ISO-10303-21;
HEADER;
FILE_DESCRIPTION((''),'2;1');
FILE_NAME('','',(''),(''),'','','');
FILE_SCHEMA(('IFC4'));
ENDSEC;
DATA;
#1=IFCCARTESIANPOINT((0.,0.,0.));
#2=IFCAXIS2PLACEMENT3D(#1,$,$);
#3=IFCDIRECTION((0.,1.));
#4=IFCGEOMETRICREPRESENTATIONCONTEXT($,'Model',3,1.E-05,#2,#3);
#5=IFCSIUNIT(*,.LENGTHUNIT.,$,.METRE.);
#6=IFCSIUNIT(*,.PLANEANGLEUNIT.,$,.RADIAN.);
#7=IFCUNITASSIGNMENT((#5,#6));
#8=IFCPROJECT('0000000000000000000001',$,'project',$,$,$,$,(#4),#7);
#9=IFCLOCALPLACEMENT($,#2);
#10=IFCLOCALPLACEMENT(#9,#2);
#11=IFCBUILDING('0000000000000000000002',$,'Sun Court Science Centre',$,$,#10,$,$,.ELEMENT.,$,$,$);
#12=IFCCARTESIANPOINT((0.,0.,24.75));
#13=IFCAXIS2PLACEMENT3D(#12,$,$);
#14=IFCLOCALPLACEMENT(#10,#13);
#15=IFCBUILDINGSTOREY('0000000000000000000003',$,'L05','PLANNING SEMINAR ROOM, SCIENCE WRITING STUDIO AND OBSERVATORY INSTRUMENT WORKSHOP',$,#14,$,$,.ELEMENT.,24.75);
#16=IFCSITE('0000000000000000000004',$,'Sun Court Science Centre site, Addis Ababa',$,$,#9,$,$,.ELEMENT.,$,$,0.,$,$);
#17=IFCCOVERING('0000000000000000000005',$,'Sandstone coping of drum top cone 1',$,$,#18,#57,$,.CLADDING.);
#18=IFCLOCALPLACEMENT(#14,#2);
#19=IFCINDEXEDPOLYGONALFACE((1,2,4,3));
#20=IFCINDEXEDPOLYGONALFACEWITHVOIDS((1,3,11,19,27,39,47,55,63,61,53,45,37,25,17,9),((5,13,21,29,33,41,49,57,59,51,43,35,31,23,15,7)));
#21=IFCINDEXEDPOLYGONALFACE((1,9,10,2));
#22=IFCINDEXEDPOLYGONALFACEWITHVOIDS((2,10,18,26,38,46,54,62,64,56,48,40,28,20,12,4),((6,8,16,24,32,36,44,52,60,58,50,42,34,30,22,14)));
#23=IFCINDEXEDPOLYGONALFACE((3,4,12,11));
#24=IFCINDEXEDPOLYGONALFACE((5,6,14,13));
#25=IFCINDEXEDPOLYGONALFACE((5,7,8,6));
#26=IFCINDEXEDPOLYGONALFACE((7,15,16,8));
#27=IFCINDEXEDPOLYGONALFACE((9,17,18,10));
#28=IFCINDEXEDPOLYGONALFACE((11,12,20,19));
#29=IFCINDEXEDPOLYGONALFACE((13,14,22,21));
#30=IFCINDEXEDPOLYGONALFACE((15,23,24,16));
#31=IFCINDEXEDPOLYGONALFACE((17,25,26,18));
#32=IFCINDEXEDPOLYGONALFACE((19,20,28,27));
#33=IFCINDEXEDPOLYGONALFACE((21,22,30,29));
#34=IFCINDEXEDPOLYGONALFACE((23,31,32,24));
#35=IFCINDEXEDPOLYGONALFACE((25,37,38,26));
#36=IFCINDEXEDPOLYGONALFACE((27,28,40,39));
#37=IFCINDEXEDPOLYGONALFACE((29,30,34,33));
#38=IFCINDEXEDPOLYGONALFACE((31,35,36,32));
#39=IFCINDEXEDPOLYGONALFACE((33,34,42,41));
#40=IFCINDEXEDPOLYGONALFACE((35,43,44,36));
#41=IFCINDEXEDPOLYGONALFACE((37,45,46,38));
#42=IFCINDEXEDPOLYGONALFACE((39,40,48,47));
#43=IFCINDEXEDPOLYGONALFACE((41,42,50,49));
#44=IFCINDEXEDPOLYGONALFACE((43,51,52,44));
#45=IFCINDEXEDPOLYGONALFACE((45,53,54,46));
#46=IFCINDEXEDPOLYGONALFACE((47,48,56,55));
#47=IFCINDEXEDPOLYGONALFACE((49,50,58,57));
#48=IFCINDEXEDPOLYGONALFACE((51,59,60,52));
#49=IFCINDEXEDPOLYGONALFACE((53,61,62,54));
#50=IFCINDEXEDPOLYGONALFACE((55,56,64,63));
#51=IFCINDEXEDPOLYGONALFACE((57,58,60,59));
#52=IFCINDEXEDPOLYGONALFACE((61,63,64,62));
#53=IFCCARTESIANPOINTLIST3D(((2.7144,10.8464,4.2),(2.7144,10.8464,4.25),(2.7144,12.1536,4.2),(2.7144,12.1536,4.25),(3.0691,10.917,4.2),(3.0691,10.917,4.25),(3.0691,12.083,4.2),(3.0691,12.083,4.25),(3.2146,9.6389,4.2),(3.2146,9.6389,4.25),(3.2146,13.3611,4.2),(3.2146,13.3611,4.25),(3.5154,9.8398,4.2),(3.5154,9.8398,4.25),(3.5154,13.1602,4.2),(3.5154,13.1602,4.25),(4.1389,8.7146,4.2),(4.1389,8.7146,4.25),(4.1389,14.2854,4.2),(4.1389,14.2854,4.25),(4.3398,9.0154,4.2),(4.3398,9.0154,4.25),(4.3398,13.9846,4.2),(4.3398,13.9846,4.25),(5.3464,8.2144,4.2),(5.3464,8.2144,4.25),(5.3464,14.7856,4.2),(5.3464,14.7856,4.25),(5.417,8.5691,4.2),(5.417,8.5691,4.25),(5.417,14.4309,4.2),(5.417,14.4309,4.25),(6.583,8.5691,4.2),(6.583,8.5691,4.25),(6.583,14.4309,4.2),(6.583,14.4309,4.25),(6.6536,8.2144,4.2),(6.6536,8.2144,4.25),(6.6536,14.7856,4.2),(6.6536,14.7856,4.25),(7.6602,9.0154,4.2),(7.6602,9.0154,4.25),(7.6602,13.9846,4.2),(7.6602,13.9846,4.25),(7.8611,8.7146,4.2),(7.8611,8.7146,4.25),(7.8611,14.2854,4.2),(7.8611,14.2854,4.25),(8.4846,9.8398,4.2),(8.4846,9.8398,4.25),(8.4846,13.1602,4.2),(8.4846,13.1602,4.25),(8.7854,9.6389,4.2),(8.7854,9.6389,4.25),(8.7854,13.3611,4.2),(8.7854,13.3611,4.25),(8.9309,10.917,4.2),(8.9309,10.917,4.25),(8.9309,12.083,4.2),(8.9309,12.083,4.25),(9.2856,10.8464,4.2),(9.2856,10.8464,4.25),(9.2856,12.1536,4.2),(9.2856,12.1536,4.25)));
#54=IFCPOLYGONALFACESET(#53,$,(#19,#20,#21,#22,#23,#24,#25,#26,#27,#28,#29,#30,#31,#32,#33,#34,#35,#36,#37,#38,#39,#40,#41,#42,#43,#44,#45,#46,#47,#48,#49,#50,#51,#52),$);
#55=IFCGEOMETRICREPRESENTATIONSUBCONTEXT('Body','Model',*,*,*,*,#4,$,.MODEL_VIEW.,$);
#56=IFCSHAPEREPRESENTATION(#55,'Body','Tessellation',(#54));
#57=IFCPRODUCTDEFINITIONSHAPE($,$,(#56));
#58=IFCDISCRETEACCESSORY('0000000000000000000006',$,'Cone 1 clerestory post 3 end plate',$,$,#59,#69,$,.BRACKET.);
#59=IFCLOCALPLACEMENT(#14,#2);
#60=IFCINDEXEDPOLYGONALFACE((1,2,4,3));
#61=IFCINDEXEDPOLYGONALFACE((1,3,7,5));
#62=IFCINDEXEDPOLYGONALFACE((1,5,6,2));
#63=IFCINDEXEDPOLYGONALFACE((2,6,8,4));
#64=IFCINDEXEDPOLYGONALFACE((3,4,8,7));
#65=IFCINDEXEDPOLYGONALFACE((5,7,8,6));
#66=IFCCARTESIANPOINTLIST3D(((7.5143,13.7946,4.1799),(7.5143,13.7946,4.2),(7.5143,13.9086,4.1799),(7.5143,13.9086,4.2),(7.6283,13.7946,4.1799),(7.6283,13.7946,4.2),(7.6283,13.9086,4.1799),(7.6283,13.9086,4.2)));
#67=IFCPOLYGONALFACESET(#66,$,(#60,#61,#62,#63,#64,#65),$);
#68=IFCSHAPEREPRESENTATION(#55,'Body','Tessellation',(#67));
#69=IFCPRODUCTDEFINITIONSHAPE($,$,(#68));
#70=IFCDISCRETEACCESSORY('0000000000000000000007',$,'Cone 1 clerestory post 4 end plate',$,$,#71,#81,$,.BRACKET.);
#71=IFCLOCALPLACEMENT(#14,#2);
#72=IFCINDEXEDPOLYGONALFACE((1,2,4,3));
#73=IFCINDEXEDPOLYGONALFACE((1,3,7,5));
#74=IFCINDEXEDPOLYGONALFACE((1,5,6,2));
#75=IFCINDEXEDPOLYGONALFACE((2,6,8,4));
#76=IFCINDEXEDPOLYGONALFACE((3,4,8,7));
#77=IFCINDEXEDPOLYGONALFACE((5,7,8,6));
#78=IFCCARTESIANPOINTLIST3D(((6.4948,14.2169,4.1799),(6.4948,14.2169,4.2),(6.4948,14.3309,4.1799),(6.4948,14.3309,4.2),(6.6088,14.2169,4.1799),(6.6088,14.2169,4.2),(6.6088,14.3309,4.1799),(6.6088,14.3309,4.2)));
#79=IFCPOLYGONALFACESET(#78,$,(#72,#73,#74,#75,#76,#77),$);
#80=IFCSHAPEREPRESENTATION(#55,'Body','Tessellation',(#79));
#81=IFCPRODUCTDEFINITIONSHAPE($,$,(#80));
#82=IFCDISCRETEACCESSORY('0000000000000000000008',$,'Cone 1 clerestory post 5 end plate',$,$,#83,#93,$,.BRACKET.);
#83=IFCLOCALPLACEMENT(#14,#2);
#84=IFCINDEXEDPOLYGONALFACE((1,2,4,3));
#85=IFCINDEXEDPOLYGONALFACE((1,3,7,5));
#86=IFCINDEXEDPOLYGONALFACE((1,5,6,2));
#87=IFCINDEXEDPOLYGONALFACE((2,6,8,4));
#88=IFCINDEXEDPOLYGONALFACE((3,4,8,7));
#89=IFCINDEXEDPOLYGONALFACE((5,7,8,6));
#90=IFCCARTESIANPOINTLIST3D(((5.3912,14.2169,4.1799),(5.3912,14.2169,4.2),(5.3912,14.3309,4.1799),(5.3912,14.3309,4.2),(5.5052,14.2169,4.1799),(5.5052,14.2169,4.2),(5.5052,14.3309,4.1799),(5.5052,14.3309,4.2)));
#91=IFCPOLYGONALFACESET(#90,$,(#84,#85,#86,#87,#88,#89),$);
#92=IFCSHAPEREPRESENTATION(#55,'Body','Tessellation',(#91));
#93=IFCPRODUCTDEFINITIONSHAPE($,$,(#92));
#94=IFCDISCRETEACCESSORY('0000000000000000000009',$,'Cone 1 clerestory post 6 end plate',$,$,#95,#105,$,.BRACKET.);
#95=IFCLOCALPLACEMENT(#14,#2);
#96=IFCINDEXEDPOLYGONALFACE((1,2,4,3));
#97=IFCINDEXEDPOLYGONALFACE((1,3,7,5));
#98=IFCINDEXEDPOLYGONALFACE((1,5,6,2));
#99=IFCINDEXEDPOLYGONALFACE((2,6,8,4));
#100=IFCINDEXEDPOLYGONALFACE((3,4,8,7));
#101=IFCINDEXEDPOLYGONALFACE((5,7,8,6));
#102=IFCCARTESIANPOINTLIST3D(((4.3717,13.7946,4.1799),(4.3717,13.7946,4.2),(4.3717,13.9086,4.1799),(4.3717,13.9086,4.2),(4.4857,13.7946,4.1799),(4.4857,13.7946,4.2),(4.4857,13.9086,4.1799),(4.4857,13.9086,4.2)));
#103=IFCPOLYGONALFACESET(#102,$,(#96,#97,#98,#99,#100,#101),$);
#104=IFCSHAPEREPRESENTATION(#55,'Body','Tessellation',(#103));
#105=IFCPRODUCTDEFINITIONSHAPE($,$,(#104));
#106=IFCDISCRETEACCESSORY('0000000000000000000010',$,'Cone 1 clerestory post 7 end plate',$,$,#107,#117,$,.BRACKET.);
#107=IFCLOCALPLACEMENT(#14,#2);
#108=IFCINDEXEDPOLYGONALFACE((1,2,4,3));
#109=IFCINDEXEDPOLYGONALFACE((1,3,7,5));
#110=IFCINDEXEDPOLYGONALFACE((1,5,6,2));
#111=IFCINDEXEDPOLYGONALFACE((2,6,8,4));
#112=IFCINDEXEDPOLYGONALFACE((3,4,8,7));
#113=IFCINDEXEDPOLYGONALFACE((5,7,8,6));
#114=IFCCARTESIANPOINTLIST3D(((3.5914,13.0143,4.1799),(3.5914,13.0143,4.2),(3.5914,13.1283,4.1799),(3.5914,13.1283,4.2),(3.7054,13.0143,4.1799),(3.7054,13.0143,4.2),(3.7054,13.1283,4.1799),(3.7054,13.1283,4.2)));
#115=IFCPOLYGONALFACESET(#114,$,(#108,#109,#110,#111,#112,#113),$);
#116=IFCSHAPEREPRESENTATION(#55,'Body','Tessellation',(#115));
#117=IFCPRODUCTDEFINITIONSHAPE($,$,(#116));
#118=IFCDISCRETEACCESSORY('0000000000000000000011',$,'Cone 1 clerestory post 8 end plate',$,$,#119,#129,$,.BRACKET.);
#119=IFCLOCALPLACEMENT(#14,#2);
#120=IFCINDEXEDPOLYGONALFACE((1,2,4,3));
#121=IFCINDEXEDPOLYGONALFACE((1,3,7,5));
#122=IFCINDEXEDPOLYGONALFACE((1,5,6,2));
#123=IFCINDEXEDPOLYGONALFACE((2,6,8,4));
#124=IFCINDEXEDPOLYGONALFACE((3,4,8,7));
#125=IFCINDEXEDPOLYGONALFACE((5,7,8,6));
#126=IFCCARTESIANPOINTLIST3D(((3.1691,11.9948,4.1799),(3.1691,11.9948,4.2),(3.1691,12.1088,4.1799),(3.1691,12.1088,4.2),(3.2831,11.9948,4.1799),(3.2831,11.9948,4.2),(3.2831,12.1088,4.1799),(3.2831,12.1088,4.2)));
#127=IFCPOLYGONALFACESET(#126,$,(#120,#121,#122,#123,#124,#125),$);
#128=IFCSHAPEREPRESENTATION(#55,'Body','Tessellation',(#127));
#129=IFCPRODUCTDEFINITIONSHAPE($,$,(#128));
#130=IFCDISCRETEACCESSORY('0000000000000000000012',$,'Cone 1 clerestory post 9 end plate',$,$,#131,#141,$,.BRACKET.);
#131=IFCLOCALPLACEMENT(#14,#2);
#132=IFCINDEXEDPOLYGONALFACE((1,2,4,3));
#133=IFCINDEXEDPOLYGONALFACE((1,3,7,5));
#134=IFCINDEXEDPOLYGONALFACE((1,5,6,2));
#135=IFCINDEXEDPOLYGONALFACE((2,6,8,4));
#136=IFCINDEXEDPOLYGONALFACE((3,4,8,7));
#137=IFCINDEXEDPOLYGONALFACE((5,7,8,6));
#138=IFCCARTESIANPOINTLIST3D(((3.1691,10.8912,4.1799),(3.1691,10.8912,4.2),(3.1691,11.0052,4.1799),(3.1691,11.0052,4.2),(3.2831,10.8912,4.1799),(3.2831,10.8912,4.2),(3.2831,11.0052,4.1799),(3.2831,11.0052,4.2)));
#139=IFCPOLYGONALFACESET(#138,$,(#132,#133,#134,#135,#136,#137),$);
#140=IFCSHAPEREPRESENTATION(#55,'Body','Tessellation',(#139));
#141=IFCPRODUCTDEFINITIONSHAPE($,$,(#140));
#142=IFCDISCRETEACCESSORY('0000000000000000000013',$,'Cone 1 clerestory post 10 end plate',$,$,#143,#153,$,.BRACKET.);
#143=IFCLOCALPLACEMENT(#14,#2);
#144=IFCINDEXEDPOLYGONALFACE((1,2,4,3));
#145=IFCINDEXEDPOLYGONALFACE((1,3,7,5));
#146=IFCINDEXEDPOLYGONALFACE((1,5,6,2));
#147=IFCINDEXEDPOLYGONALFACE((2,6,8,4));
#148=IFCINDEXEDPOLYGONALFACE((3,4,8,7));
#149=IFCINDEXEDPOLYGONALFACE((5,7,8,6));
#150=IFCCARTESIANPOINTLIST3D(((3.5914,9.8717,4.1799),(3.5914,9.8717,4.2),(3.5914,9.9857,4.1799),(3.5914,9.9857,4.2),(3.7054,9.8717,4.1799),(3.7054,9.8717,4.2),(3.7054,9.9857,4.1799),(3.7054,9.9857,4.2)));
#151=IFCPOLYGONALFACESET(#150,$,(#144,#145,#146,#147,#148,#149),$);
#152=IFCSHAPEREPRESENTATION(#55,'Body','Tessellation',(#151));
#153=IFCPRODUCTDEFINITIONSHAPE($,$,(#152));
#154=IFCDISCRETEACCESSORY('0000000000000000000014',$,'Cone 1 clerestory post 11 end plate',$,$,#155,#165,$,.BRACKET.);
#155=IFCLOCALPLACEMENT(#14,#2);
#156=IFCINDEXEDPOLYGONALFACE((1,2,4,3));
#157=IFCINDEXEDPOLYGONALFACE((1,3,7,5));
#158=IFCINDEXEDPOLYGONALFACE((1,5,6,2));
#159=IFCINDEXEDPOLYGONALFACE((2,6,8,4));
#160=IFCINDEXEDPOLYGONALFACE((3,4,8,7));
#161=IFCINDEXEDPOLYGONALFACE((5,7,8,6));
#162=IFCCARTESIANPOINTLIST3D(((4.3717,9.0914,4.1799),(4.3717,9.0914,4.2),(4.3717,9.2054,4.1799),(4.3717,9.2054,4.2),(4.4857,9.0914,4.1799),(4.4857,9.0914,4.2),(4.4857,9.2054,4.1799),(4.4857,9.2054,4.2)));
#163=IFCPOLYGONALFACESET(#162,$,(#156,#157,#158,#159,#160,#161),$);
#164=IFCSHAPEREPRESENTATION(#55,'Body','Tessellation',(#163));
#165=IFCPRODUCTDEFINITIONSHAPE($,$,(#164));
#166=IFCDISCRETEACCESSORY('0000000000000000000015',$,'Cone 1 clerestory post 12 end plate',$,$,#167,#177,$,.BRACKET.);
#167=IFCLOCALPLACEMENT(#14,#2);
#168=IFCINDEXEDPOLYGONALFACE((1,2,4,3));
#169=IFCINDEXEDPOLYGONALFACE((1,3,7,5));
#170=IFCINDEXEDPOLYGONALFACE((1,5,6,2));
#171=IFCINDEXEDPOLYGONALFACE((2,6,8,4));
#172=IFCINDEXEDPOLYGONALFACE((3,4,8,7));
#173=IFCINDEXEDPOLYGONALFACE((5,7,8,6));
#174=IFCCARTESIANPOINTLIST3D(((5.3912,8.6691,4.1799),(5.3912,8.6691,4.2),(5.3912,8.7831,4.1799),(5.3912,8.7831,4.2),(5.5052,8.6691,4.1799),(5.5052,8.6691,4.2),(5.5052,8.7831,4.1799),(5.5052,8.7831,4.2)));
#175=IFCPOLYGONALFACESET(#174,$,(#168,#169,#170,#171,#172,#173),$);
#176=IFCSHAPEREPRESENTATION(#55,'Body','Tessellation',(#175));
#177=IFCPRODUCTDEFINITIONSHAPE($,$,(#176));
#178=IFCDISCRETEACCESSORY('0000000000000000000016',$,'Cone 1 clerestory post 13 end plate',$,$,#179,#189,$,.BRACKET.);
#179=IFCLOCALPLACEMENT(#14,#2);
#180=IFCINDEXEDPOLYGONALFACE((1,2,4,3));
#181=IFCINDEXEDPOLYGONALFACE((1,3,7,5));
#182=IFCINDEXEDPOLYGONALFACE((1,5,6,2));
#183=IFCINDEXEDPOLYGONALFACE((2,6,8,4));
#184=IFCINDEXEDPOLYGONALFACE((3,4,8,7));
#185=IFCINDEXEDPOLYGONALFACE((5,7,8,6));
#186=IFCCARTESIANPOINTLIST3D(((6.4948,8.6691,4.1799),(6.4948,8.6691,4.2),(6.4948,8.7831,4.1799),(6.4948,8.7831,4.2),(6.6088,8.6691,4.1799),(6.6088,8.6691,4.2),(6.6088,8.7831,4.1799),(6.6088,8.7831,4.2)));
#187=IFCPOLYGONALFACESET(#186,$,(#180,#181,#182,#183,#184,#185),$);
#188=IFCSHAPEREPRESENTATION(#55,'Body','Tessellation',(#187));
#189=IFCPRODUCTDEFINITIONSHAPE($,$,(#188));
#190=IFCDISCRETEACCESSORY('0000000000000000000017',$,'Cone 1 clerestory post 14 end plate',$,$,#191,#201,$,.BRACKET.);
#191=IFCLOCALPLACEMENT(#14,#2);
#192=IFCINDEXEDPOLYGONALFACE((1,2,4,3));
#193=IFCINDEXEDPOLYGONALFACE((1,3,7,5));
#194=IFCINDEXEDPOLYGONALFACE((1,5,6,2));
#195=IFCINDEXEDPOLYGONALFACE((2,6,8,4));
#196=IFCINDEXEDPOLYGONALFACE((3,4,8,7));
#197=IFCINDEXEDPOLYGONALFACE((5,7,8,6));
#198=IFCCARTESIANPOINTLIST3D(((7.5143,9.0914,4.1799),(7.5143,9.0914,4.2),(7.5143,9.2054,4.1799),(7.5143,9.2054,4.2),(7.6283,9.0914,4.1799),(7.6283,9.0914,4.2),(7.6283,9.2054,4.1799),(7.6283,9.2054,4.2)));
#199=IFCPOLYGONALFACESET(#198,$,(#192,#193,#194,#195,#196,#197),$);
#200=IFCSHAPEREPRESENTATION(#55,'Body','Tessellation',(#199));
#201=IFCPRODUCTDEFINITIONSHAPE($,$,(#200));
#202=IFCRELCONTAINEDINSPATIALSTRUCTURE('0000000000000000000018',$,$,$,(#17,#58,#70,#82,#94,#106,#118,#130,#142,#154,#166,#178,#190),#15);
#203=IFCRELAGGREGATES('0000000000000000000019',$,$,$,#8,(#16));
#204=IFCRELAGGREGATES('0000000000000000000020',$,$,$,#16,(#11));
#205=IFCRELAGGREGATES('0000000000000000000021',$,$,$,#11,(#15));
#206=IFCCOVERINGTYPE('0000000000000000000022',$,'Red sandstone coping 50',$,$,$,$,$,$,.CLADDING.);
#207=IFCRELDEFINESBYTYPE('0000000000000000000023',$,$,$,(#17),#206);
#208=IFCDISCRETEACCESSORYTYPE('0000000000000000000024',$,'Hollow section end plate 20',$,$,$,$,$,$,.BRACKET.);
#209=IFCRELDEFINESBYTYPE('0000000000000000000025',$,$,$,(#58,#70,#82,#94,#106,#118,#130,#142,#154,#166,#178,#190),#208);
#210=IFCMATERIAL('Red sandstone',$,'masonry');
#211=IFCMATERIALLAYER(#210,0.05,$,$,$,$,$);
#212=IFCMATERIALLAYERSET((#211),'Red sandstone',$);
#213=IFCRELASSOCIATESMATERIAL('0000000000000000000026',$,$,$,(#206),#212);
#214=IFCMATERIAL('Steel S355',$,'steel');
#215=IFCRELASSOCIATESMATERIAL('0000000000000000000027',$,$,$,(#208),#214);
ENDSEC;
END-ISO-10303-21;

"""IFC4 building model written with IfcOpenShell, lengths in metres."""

from ifc_helpers import new_model, si_unit, direction, frame, origin, origin_2d, place, context, subcontext, project, spatial, polyline, rectangle, outline, extrude, material, layer, layer_set, type_object, element, save


model = new_model("IFC4")

# Units and contexts
model_context = context("Model", 3, precision=1e-05, world=origin(), true_north=direction((0.0, 1.0)))
body_context = subcontext(model_context, "Body", "Model", "MODEL_VIEW")
ifc_project = project(units=[si_unit("LENGTHUNIT", "METRE"), si_unit("PLANEANGLEUNIT", "RADIAN")], contexts=[model_context])

# Site, building, storey
site_placement = place(None, origin())
site = spatial("IfcSite", under=ifc_project, at=site_placement, Name="Sun Court Science Centre site, Addis Ababa", CompositionType="ELEMENT", RefElevation=0.0)
building_placement = place(site_placement, origin())
building = spatial("IfcBuilding", under=site, at=building_placement, Name="Sun Court Science Centre", CompositionType="ELEMENT")
storey_placement = place(building_placement, frame((0.0, 0.0, 24.75)))
storey = spatial("IfcBuildingStorey", under=building, at=storey_placement, Name="L05", Description="PLANNING SEMINAR ROOM, SCIENCE WRITING STUDIO AND OBSERVATORY INSTRUMENT WORKSHOP", CompositionType="ELEMENT", Elevation=24.75)

# Covering
ifc_material_1 = material(Name="Red sandstone", Category="masonry")
ifc_layer_1 = layer(ifc_material_1, 0.05)
ifc_layer_set_1 = layer_set([ifc_layer_1], Name="Red sandstone")
covering_type_1 = type_object("IfcCoveringType", Name="Red sandstone coping 50", PredefinedType="CLADDING", material=ifc_layer_set_1)
covering_1_placement = place(storey_placement, frame((0.0, 0.0, 4.2)))
element("IfcCovering", 1, at=covering_1_placement, inside=storey, type_object=covering_type_1, Name="Sandstone coping of drum top cone 1", PredefinedType="CLADDING", context=body_context, shape_type="SweptSolid", body=[
    extrude(outline(polyline([(9.2856, 12.1536), (8.7854, 13.3611), (7.8611, 14.2854), (6.6536, 14.7856), (5.3464, 14.7856), (4.1389, 14.2854), (3.2146, 13.3611), (2.7144, 12.1536), (2.7144, 10.8464), (3.2146, 9.6389), (4.1389, 8.7146), (5.3464, 8.2144), (6.6536, 8.2144), (7.8611, 8.7146), (8.7854, 9.6389), (9.2856, 10.8464), (9.2856, 12.1536)]), holes=[polyline([(8.9309, 12.083), (8.4846, 13.1602), (7.6602, 13.9846), (6.583, 14.4309), (5.417, 14.4309), (4.3398, 13.9846), (3.5154, 13.1602), (3.0691, 12.083), (3.0691, 10.917), (3.5154, 9.8398), (4.3398, 9.0154), (5.417, 8.5691), (6.583, 8.5691), (7.6602, 9.0154), (8.4846, 9.8398), (8.9309, 10.917), (8.9309, 12.083)])]), origin(), (0.0, 0.0, 1.0), 0.05),
])

# Discrete accessories
ifc_material_2 = material(Name="Steel S355", Category="steel")
discrete_accessory_type = type_object("IfcDiscreteAccessoryType", Name="Hollow section end plate 20", PredefinedType="BRACKET", material=ifc_material_2)
for number, where, z_axis, x_axis, name in (
    (2, (7.5713, 13.8516, 4.1799), (0.0, 0.0, 1.0), (1.0, 0.0, 0.0), "Cone 1 clerestory post 3 end plate"),
    (3, (6.5518, 14.2739, 4.1799), (0.0, 0.0, 1.0), (1.0, 0.0, 0.0), "Cone 1 clerestory post 4 end plate"),
    (4, (5.4482, 14.2739, 4.1799), (0.0, 0.0, 1.0), (1.0, 0.0, 0.0), "Cone 1 clerestory post 5 end plate"),
    (5, (4.4287, 13.8516, 4.1799), (0.0, 0.0, 1.0), (1.0, 0.0, 0.0), "Cone 1 clerestory post 6 end plate"),
    (6, (3.6484, 13.0713, 4.1799), (0.0, 0.0, 1.0), (1.0, 0.0, 0.0), "Cone 1 clerestory post 7 end plate"),
    (7, (3.2261, 12.0518, 4.1799), (0.0, 0.0, 1.0), (1.0, 0.0, 0.0), "Cone 1 clerestory post 8 end plate"),
    (8, (3.2261, 10.9482, 4.1799), (0.0, 0.0, 1.0), (1.0, 0.0, 0.0), "Cone 1 clerestory post 9 end plate"),
    (9, (3.6484, 9.9287, 4.1799), (0.0, 0.0, 1.0), (1.0, 0.0, 0.0), "Cone 1 clerestory post 10 end plate"),
    (10, (4.4287, 9.1484, 4.1799), (0.0, 0.0, 1.0), (1.0, 0.0, 0.0), "Cone 1 clerestory post 11 end plate"),
    (11, (5.4482, 8.7261, 4.1799), (0.0, 0.0, 1.0), (1.0, 0.0, 0.0), "Cone 1 clerestory post 12 end plate"),
    (12, (6.5518, 8.7261, 4.1799), (0.0, 0.0, 1.0), (1.0, 0.0, 0.0), "Cone 1 clerestory post 13 end plate"),
    (13, (7.5713, 9.1484, 4.1799), (0.0, 0.0, 1.0), (1.0, 0.0, 0.0), "Cone 1 clerestory post 14 end plate"),
):
    element("IfcDiscreteAccessory", number, at=place(storey_placement, frame(where, z_axis=z_axis, x_axis=x_axis)), inside=storey, type_object=discrete_accessory_type, Name=name, PredefinedType="BRACKET", context=body_context, shape_type="SweptSolid", body=[
        extrude(rectangle(XDim=0.114, YDim=0.114, at=origin_2d()), origin(), (0.0, 0.0, 1.0), 0.02),
    ])

save(model, "model.ifc")
